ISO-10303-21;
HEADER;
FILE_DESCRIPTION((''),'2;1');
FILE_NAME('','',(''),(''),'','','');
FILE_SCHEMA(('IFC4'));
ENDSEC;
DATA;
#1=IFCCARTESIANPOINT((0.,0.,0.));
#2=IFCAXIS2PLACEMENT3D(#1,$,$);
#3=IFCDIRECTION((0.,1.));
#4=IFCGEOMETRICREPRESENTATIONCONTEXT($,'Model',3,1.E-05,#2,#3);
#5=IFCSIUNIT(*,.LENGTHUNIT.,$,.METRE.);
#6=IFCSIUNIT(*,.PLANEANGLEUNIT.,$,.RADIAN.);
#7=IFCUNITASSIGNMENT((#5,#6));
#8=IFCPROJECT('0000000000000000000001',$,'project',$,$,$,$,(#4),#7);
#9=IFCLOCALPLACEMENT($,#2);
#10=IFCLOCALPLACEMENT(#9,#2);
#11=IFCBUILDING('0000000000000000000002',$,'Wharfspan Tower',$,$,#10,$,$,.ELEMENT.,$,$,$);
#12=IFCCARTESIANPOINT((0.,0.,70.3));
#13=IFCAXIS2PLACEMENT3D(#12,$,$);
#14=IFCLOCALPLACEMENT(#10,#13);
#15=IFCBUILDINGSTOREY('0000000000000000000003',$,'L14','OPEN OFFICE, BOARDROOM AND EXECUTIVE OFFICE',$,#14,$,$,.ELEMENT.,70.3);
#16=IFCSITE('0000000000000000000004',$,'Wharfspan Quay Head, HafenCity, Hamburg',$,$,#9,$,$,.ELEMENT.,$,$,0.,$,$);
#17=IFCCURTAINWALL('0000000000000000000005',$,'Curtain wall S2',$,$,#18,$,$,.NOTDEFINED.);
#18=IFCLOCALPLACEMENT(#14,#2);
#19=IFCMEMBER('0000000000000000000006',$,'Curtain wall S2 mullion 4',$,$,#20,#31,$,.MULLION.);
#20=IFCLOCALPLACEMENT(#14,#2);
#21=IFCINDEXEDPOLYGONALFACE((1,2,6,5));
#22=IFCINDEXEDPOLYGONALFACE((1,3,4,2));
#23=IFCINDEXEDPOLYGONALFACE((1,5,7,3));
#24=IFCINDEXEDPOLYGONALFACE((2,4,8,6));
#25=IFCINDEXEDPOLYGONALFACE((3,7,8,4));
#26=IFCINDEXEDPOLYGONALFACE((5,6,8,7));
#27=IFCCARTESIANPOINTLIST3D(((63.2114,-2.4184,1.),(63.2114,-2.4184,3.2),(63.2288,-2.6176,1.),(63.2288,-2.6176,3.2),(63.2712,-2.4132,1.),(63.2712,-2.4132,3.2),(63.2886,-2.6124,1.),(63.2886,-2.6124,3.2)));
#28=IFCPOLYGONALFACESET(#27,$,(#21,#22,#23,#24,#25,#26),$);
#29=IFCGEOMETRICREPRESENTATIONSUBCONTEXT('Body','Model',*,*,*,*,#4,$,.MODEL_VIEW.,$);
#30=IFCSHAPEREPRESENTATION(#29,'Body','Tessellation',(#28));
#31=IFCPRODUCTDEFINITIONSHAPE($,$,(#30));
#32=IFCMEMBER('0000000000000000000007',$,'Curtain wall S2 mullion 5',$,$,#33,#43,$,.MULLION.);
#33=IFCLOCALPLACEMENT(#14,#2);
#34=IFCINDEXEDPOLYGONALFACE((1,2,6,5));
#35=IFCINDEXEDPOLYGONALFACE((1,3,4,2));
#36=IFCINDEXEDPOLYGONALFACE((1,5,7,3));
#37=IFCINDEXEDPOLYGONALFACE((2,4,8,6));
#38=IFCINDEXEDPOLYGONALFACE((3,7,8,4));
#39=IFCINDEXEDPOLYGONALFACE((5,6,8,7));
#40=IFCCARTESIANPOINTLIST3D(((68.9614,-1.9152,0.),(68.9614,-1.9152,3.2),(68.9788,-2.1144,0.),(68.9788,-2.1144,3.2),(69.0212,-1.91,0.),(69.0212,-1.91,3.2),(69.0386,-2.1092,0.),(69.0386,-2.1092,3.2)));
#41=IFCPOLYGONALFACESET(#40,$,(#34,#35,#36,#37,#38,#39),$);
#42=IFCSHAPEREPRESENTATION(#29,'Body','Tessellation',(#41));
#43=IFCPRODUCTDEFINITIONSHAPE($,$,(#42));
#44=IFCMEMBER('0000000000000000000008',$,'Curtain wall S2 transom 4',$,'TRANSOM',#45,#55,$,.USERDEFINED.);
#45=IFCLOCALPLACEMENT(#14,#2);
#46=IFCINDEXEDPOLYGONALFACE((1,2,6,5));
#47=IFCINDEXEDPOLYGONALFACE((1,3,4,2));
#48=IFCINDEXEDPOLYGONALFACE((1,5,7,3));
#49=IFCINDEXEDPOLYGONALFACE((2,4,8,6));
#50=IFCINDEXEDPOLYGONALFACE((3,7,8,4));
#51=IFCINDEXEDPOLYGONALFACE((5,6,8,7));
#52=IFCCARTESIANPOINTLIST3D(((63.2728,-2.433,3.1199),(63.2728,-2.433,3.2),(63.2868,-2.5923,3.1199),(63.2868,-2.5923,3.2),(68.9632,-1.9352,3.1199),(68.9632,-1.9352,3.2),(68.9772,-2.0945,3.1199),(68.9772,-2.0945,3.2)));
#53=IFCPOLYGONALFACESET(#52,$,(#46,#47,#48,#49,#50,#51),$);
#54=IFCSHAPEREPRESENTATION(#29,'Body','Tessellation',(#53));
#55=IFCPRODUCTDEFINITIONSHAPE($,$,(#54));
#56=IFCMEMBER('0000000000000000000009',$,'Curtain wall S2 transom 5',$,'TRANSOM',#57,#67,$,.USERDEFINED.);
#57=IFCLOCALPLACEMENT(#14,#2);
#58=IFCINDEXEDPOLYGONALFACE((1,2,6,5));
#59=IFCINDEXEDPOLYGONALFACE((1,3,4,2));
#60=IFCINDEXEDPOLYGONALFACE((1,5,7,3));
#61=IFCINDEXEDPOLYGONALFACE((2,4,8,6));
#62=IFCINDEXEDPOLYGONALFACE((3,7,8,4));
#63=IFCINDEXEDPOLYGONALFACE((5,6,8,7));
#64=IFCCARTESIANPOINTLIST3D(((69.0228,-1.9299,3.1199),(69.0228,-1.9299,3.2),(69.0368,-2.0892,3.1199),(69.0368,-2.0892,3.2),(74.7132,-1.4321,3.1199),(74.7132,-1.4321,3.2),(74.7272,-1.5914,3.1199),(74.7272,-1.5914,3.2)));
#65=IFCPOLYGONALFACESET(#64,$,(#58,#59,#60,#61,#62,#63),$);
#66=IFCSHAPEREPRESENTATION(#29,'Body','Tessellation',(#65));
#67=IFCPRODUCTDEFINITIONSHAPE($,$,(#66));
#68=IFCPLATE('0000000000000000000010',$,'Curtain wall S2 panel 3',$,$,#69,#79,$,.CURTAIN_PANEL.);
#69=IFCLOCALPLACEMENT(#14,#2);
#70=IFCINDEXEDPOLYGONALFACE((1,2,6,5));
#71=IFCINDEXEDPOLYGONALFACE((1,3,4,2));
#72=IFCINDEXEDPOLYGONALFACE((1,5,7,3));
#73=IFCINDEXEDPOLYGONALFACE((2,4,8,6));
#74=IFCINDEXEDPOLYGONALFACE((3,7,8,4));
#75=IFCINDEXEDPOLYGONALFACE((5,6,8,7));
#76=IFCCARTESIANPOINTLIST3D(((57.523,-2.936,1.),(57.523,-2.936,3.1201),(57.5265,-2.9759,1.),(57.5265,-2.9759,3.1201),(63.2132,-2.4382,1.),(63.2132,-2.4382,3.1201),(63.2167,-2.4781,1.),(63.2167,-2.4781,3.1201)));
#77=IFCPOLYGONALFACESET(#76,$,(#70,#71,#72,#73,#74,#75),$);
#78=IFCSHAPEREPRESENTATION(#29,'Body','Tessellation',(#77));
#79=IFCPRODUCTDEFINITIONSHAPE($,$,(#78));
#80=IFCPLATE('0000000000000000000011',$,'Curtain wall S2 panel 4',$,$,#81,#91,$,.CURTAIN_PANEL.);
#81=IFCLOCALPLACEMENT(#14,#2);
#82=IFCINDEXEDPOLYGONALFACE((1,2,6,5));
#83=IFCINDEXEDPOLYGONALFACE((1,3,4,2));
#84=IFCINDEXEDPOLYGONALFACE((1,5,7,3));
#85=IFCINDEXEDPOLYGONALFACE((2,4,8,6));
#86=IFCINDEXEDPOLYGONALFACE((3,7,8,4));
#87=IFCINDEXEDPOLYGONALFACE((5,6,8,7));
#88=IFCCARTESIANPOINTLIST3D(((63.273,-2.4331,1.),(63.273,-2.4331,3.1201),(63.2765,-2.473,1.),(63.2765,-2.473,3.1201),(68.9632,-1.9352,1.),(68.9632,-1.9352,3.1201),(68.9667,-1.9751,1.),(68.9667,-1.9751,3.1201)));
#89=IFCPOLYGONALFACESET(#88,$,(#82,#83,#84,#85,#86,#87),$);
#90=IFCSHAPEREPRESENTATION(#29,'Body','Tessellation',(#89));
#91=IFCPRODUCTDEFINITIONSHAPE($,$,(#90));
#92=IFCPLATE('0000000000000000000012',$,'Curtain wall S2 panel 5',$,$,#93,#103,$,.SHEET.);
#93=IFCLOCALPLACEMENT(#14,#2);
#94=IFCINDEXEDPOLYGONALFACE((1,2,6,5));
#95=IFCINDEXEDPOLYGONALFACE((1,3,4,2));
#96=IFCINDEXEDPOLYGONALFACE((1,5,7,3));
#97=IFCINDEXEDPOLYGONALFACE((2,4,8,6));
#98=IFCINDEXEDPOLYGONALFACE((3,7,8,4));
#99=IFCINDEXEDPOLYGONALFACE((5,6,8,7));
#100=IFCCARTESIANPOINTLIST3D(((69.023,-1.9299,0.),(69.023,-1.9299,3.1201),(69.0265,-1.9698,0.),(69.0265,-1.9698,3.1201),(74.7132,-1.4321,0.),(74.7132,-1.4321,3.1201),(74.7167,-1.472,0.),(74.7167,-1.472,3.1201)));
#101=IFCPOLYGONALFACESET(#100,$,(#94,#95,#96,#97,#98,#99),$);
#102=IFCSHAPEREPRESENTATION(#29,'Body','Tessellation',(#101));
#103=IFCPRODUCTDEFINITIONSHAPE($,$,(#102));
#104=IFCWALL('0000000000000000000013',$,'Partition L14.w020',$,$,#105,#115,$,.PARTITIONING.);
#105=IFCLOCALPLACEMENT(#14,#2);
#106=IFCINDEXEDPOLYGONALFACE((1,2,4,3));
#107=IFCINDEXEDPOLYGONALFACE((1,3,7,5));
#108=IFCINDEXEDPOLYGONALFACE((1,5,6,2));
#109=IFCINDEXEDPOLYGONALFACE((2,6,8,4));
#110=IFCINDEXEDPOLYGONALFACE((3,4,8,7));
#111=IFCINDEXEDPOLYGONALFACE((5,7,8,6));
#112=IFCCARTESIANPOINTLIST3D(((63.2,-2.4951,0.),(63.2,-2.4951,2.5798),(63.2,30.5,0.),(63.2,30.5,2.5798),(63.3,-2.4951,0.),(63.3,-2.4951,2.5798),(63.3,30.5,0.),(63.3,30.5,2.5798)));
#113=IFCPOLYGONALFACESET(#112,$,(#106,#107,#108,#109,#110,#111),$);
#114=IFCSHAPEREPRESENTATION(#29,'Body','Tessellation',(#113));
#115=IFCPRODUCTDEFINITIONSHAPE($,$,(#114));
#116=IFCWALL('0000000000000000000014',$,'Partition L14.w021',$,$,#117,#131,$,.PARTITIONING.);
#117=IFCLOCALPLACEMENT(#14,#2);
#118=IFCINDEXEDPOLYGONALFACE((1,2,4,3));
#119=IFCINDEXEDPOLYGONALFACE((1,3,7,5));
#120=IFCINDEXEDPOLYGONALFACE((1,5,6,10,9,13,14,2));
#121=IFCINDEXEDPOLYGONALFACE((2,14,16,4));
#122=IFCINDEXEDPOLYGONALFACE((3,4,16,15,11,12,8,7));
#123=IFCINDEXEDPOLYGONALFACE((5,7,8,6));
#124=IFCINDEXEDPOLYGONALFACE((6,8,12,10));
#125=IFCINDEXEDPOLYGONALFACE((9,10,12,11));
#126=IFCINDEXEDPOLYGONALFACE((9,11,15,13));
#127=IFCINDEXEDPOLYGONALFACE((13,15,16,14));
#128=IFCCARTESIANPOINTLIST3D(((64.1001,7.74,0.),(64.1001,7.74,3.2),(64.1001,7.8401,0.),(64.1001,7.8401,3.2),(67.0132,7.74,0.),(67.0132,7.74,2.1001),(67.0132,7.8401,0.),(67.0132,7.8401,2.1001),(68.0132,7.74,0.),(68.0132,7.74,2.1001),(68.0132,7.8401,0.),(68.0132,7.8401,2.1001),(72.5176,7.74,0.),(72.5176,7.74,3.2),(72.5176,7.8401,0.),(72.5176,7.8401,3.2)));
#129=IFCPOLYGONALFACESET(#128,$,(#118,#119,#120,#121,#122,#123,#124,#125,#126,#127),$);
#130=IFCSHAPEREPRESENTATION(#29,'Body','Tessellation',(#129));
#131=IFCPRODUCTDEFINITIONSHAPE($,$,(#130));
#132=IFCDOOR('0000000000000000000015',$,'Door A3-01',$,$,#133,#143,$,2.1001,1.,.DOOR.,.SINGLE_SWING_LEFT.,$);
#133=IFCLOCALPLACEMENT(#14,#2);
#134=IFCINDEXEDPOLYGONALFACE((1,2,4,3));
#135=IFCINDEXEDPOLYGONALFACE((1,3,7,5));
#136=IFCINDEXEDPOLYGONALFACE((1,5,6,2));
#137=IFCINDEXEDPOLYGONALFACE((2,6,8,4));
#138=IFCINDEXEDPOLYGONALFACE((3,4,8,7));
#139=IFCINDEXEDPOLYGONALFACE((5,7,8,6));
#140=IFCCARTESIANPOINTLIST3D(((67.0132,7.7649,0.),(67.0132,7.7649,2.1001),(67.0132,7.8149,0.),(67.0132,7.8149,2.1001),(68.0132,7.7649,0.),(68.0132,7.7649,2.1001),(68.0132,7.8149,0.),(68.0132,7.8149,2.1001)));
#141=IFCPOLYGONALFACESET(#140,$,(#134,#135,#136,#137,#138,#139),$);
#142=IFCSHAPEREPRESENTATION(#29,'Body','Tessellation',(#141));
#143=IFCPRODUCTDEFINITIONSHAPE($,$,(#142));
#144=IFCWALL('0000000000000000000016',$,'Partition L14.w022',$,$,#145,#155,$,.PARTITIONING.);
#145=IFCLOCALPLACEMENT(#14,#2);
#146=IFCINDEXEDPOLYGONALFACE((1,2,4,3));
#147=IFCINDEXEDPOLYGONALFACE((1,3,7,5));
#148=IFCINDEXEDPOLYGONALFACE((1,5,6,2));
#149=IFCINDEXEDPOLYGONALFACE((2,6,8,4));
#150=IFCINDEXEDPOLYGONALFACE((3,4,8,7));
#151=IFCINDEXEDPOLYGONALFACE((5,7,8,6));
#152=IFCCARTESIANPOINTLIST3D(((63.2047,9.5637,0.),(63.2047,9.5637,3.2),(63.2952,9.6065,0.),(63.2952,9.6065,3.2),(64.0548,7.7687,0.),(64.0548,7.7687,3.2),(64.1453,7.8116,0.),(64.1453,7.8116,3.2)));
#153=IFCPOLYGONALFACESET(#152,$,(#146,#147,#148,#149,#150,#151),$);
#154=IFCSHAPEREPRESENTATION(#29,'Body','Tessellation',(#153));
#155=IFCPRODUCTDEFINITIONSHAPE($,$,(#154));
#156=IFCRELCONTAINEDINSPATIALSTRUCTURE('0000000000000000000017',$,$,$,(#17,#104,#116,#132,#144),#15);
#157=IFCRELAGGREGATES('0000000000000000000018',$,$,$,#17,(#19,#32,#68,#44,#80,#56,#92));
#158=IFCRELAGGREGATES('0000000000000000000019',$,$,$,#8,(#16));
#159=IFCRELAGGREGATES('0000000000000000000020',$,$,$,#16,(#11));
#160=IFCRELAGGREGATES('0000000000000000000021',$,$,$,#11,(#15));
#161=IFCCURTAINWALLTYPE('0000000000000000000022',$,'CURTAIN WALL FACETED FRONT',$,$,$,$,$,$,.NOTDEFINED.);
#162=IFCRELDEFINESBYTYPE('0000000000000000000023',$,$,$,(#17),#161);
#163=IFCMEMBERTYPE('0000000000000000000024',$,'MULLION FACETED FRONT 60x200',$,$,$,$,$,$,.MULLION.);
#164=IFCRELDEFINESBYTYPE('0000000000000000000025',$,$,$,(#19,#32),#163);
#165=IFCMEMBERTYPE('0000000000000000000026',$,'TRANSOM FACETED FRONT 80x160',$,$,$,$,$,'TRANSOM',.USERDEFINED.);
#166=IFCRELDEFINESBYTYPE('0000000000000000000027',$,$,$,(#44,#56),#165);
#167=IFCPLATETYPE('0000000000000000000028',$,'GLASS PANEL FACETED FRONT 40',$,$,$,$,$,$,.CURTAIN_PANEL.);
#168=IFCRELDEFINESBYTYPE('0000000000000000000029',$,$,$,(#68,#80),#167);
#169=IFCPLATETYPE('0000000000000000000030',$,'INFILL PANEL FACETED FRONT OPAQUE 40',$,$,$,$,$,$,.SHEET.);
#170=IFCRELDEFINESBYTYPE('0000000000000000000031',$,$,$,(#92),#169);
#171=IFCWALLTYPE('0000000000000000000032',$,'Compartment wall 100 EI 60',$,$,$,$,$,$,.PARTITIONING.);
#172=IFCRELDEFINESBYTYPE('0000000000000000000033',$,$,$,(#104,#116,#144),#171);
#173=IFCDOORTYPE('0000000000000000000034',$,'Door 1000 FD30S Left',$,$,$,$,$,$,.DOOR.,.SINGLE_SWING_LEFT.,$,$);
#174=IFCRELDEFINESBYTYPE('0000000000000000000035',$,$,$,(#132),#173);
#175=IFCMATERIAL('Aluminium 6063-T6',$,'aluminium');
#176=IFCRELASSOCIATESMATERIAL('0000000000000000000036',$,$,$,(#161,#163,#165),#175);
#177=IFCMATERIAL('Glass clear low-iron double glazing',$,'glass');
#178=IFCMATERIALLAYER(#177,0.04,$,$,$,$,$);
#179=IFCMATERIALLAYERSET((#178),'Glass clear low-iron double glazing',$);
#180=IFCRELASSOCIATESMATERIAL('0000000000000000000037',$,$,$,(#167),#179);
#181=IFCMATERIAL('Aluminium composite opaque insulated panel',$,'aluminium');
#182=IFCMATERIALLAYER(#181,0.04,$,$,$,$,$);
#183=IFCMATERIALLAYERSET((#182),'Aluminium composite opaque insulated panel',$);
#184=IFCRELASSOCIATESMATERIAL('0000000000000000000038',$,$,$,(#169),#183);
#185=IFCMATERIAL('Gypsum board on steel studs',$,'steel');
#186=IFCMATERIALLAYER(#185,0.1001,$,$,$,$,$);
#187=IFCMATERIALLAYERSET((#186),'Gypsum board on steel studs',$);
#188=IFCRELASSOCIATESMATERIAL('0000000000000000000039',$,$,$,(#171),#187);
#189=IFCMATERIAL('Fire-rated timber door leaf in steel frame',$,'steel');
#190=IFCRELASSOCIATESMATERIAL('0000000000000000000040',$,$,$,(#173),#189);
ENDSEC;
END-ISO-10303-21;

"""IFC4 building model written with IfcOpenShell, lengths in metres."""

from ifc_helpers import new_model, si_unit, direction, frame, frame_2d, origin, origin_2d, place, context, subcontext, project, spatial, rectangle, extrude, material, layer, layer_set, material_profile, profile_set, type_object, element, fill, aggregate, save


model = new_model("IFC4")

# Units and contexts
model_context = context("Model", 3, precision=1e-05, world=origin(), true_north=direction((0.0, 1.0)))
body_context = subcontext(model_context, "Body", "Model", "MODEL_VIEW")
ifc_project = project(units=[si_unit("LENGTHUNIT", "METRE"), si_unit("PLANEANGLEUNIT", "RADIAN")], contexts=[model_context])

# Site, building, storey
site_placement = place(None, origin())
site = spatial("IfcSite", under=ifc_project, at=site_placement, Name="Wharfspan Quay Head, HafenCity, Hamburg", CompositionType="ELEMENT", RefElevation=0.0)
building_placement = place(site_placement, origin())
building = spatial("IfcBuilding", under=site, at=building_placement, Name="Wharfspan Tower", CompositionType="ELEMENT")
storey_placement = place(building_placement, frame((0.0, 0.0, 70.3)))
storey = spatial("IfcBuildingStorey", under=building, at=storey_placement, Name="L14", Description="OPEN OFFICE, BOARDROOM AND EXECUTIVE OFFICE", CompositionType="ELEMENT", Elevation=70.3)

# Curtain wall, members, plates
ifc_material_1 = material(Name="Aluminium 6063-T6", Category="aluminium")
curtain_wall_type = type_object("IfcCurtainWallType", Name="CURTAIN WALL FACETED FRONT", PredefinedType="NOTDEFINED", material=ifc_material_1)
curtain_wall_placement = place(storey_placement, origin())
curtain_wall = element("IfcCurtainWall", 1, at=curtain_wall_placement, inside=storey, type_object=curtain_wall_type, Name="Curtain wall S2", PredefinedType="NOTDEFINED")
ifc_material_profile_1 = material_profile(ifc_material_1, rectangle(XDim=0.2, YDim=0.0601, at=origin_2d()))
ifc_profile_set_1 = profile_set([ifc_material_profile_1], Name="Aluminium 6063-T6")
member_type_1 = type_object("IfcMemberType", Name="MULLION FACETED FRONT 60x200", PredefinedType="MULLION", material=ifc_profile_set_1)
member_1_placement = place(storey_placement, frame((63.25, -2.5154, 1.0), z_axis=(0.0, 0.0, 1.0), x_axis=(-0.087156, 0.996197, 0.0)))
member_1 = element("IfcMember", 2, at=member_1_placement, type_object=member_type_1, Name="Curtain wall S2 mullion 4", PredefinedType="MULLION", context=body_context, shape_type="SweptSolid", body=[
    extrude(rectangle(XDim=0.2, YDim=0.0601, at=origin_2d()), origin(), (0.0, 0.0, 1.0), 2.2),
])
member_2_placement = place(storey_placement, frame((69.0, -2.0122, 0.0), z_axis=(0.0, 0.0, 1.0), x_axis=(-0.087156, 0.996197, 0.0)))
member_2 = element("IfcMember", 3, at=member_2_placement, type_object=member_type_1, Name="Curtain wall S2 mullion 5", PredefinedType="MULLION", context=body_context, shape_type="SweptSolid", body=[
    extrude(rectangle(XDim=0.2, YDim=0.0601, at=origin_2d()), origin(), (0.0, 0.0, 1.0), 3.2),
])
ifc_material_profile_2 = material_profile(ifc_material_1, rectangle(XDim=0.1599, YDim=0.0801, at=origin_2d()))
ifc_profile_set_2 = profile_set([ifc_material_profile_2], Name="Aluminium 6063-T6")
member_type_2 = type_object("IfcMemberType", Name="TRANSOM FACETED FRONT 80x160", ElementType="TRANSOM", PredefinedType="USERDEFINED", material=ifc_profile_set_2)
member_3_placement = place(storey_placement, frame((63.2798, -2.5127, 3.1599), z_axis=(0.996195, 0.087148, 0.0), x_axis=(-0.087148, 0.996195, 0.0)))
member_3 = element("IfcMember", 4, at=member_3_placement, type_object=member_type_2, Name="Curtain wall S2 transom 4", ObjectType="TRANSOM", PredefinedType="USERDEFINED", context=body_context, shape_type="SweptSolid", body=[
    extrude(rectangle(XDim=0.1599, YDim=0.0801, at=origin_2d()), origin(), (0.0, 0.0, 1.0), 5.7122),
])
member_4_placement = place(storey_placement, frame((69.0298, -2.0095, 3.1599), z_axis=(0.996195, 0.087148, 0.0), x_axis=(-0.087148, 0.996195, 0.0)))
member_4 = element("IfcMember", 5, at=member_4_placement, type_object=member_type_2, Name="Curtain wall S2 transom 5", ObjectType="TRANSOM", PredefinedType="USERDEFINED", context=body_context, shape_type="SweptSolid", body=[
    extrude(rectangle(XDim=0.1599, YDim=0.0801, at=origin_2d()), origin(), (0.0, 0.0, 1.0), 5.7122),
])
ifc_material_2 = material(Name="Glass clear low-iron double glazing", Category="glass")
ifc_layer_1 = layer(ifc_material_2, 0.04)
ifc_layer_set_1 = layer_set([ifc_layer_1], Name="Glass clear low-iron double glazing")
plate_type_1 = type_object("IfcPlateType", Name="GLASS PANEL FACETED FRONT 40", PredefinedType="CURTAIN_PANEL", material=ifc_layer_set_1)
plate_1_placement = place(storey_placement, frame((60.3699, -2.707, 1.0), z_axis=(0.0, 0.0, 1.0), x_axis=(0.996197, 0.087156, 0.0)))
plate_1 = element("IfcPlate", 6, at=plate_1_placement, type_object=plate_type_1, Name="Curtain wall S2 panel 3", PredefinedType="CURTAIN_PANEL", context=body_context, shape_type="SweptSolid", body=[
    extrude(rectangle(XDim=5.7119, YDim=0.04, at=origin_2d()), origin(), (0.0, 0.0, 1.0), 2.1201),
])
plate_2_placement = place(storey_placement, frame((66.1199, -2.2041, 1.0), z_axis=(0.0, 0.0, 1.0), x_axis=(0.996197, 0.087156, 0.0)))
plate_2 = element("IfcPlate", 7, at=plate_2_placement, type_object=plate_type_1, Name="Curtain wall S2 panel 4", PredefinedType="CURTAIN_PANEL", context=body_context, shape_type="SweptSolid", body=[
    extrude(rectangle(XDim=5.7119, YDim=0.04, at=origin_2d()), origin(), (0.0, 0.0, 1.0), 2.1201),
])
ifc_material_3 = material(Name="Aluminium composite opaque insulated panel", Category="aluminium")
ifc_layer_2 = layer(ifc_material_3, 0.04)
ifc_layer_set_2 = layer_set([ifc_layer_2], Name="Aluminium composite opaque insulated panel")
plate_type_2 = type_object("IfcPlateType", Name="INFILL PANEL FACETED FRONT OPAQUE 40", PredefinedType="SHEET", material=ifc_layer_set_2)
plate_3_placement = place(storey_placement, frame((71.8699, -1.7009, 0.0), z_axis=(0.0, 0.0, 1.0), x_axis=(0.996197, 0.087156, 0.0)))
plate_3 = element("IfcPlate", 8, at=plate_3_placement, type_object=plate_type_2, Name="Curtain wall S2 panel 5", PredefinedType="SHEET", context=body_context, shape_type="SweptSolid", body=[
    extrude(rectangle(XDim=5.7119, YDim=0.04, at=origin_2d()), origin(), (0.0, 0.0, 1.0), 3.1201),
])
aggregate(curtain_wall, [member_1, member_2, plate_1, member_3, plate_2, member_4, plate_3])

# Wall
ifc_material_4 = material(Name="Gypsum board on steel studs", Category="steel")
ifc_layer_3 = layer(ifc_material_4, 0.1001)
ifc_layer_set_3 = layer_set([ifc_layer_3], Name="Gypsum board on steel studs")
wall_type_1 = type_object("IfcWallType", Name="Compartment wall 100 EI 60", PredefinedType="PARTITIONING", material=ifc_layer_set_3)
wall_1_placement = place(storey_placement, frame((63.25, -2.4951, 0.0), z_axis=(0.0, 0.0, 1.0), x_axis=(0.0, 1.0, 0.0)))
element("IfcWall", 9, at=wall_1_placement, inside=storey, type_object=wall_type_1, Name="Partition L14.w020", PredefinedType="PARTITIONING", context=body_context, shape_type="SweptSolid", body=[
    extrude(rectangle(XDim=32.9951, YDim=0.1001, at=frame_2d((16.4976, 0.0))), origin(), (0.0, 0.0, 1.0), 2.5798),
])

# Wall, opening, door
wall_2_placement = place(storey_placement, frame((64.1001, 7.79, 0.0), z_axis=(0.0, 0.0, 1.0), x_axis=(1.0, 0.0, 0.0)))
wall_2 = element("IfcWall", 10, at=wall_2_placement, inside=storey, type_object=wall_type_1, Name="Partition L14.w021", PredefinedType="PARTITIONING", context=body_context, shape_type="SweptSolid", body=[
    extrude(rectangle(XDim=8.4175, YDim=0.1001, at=frame_2d((4.2087, 0.0))), origin(), (0.0, 0.0, 1.0), 3.2),
])
opening_1_placement = place(wall_2_placement, frame((2.9131, 0.0, 0.0)))
opening_1 = element("IfcOpeningElement", 11, at=opening_1_placement, cuts=wall_2, PredefinedType="OPENING", context=body_context, shape_type="SweptSolid", body=[
    extrude(rectangle(XDim=1.0, YDim=2.1001, at=frame_2d((0.5, 1.05))), frame((0.0, 0.0601, 0.0), z_axis=(0.0, -1.0, 0.0), x_axis=(1.0, 0.0, 0.0)), (0.0, 0.0, 1.0), 0.1201),
])
ifc_material_5 = material(Name="Fire-rated timber door leaf in steel frame", Category="steel")
door_type_1 = type_object("IfcDoorType", Name="Door 1000 FD30S Left", OperationType="SINGLE_SWING_LEFT", PredefinedType="DOOR", material=ifc_material_5)
door_1_placement = place(opening_1_placement, origin())
door_1 = element("IfcDoor", 12, at=door_1_placement, inside=storey, type_object=door_type_1, Name="Door A3-01", OperationType="SINGLE_SWING_LEFT", OverallHeight=2.1001, OverallWidth=1.0, PredefinedType="DOOR", context=body_context, shape_type="SweptSolid", body=[
    extrude(rectangle(XDim=1.0, YDim=2.1001, at=frame_2d((0.5, 1.05))), frame((0.0, 0.0249, 0.0), z_axis=(0.0, -1.0, 0.0), x_axis=(1.0, 0.0, 0.0)), (0.0, 0.0, 1.0), 0.05),
])
fill(opening_1, door_1)

# Wall
wall_3_placement = place(storey_placement, frame((64.1001, 7.79, 0.0), z_axis=(0.0, 0.0, 1.0), x_axis=(-0.428035, 0.903766, 0.0)))
element("IfcWall", 13, at=wall_3_placement, inside=storey, type_object=wall_type_1, Name="Partition L14.w022", PredefinedType="PARTITIONING", context=body_context, shape_type="SweptSolid", body=[
    extrude(rectangle(XDim=1.9861, YDim=0.1001, at=frame_2d((0.9932, 0.0))), origin(), (0.0, 0.0, 1.0), 3.2),
])

save(model, "model.ifc")
